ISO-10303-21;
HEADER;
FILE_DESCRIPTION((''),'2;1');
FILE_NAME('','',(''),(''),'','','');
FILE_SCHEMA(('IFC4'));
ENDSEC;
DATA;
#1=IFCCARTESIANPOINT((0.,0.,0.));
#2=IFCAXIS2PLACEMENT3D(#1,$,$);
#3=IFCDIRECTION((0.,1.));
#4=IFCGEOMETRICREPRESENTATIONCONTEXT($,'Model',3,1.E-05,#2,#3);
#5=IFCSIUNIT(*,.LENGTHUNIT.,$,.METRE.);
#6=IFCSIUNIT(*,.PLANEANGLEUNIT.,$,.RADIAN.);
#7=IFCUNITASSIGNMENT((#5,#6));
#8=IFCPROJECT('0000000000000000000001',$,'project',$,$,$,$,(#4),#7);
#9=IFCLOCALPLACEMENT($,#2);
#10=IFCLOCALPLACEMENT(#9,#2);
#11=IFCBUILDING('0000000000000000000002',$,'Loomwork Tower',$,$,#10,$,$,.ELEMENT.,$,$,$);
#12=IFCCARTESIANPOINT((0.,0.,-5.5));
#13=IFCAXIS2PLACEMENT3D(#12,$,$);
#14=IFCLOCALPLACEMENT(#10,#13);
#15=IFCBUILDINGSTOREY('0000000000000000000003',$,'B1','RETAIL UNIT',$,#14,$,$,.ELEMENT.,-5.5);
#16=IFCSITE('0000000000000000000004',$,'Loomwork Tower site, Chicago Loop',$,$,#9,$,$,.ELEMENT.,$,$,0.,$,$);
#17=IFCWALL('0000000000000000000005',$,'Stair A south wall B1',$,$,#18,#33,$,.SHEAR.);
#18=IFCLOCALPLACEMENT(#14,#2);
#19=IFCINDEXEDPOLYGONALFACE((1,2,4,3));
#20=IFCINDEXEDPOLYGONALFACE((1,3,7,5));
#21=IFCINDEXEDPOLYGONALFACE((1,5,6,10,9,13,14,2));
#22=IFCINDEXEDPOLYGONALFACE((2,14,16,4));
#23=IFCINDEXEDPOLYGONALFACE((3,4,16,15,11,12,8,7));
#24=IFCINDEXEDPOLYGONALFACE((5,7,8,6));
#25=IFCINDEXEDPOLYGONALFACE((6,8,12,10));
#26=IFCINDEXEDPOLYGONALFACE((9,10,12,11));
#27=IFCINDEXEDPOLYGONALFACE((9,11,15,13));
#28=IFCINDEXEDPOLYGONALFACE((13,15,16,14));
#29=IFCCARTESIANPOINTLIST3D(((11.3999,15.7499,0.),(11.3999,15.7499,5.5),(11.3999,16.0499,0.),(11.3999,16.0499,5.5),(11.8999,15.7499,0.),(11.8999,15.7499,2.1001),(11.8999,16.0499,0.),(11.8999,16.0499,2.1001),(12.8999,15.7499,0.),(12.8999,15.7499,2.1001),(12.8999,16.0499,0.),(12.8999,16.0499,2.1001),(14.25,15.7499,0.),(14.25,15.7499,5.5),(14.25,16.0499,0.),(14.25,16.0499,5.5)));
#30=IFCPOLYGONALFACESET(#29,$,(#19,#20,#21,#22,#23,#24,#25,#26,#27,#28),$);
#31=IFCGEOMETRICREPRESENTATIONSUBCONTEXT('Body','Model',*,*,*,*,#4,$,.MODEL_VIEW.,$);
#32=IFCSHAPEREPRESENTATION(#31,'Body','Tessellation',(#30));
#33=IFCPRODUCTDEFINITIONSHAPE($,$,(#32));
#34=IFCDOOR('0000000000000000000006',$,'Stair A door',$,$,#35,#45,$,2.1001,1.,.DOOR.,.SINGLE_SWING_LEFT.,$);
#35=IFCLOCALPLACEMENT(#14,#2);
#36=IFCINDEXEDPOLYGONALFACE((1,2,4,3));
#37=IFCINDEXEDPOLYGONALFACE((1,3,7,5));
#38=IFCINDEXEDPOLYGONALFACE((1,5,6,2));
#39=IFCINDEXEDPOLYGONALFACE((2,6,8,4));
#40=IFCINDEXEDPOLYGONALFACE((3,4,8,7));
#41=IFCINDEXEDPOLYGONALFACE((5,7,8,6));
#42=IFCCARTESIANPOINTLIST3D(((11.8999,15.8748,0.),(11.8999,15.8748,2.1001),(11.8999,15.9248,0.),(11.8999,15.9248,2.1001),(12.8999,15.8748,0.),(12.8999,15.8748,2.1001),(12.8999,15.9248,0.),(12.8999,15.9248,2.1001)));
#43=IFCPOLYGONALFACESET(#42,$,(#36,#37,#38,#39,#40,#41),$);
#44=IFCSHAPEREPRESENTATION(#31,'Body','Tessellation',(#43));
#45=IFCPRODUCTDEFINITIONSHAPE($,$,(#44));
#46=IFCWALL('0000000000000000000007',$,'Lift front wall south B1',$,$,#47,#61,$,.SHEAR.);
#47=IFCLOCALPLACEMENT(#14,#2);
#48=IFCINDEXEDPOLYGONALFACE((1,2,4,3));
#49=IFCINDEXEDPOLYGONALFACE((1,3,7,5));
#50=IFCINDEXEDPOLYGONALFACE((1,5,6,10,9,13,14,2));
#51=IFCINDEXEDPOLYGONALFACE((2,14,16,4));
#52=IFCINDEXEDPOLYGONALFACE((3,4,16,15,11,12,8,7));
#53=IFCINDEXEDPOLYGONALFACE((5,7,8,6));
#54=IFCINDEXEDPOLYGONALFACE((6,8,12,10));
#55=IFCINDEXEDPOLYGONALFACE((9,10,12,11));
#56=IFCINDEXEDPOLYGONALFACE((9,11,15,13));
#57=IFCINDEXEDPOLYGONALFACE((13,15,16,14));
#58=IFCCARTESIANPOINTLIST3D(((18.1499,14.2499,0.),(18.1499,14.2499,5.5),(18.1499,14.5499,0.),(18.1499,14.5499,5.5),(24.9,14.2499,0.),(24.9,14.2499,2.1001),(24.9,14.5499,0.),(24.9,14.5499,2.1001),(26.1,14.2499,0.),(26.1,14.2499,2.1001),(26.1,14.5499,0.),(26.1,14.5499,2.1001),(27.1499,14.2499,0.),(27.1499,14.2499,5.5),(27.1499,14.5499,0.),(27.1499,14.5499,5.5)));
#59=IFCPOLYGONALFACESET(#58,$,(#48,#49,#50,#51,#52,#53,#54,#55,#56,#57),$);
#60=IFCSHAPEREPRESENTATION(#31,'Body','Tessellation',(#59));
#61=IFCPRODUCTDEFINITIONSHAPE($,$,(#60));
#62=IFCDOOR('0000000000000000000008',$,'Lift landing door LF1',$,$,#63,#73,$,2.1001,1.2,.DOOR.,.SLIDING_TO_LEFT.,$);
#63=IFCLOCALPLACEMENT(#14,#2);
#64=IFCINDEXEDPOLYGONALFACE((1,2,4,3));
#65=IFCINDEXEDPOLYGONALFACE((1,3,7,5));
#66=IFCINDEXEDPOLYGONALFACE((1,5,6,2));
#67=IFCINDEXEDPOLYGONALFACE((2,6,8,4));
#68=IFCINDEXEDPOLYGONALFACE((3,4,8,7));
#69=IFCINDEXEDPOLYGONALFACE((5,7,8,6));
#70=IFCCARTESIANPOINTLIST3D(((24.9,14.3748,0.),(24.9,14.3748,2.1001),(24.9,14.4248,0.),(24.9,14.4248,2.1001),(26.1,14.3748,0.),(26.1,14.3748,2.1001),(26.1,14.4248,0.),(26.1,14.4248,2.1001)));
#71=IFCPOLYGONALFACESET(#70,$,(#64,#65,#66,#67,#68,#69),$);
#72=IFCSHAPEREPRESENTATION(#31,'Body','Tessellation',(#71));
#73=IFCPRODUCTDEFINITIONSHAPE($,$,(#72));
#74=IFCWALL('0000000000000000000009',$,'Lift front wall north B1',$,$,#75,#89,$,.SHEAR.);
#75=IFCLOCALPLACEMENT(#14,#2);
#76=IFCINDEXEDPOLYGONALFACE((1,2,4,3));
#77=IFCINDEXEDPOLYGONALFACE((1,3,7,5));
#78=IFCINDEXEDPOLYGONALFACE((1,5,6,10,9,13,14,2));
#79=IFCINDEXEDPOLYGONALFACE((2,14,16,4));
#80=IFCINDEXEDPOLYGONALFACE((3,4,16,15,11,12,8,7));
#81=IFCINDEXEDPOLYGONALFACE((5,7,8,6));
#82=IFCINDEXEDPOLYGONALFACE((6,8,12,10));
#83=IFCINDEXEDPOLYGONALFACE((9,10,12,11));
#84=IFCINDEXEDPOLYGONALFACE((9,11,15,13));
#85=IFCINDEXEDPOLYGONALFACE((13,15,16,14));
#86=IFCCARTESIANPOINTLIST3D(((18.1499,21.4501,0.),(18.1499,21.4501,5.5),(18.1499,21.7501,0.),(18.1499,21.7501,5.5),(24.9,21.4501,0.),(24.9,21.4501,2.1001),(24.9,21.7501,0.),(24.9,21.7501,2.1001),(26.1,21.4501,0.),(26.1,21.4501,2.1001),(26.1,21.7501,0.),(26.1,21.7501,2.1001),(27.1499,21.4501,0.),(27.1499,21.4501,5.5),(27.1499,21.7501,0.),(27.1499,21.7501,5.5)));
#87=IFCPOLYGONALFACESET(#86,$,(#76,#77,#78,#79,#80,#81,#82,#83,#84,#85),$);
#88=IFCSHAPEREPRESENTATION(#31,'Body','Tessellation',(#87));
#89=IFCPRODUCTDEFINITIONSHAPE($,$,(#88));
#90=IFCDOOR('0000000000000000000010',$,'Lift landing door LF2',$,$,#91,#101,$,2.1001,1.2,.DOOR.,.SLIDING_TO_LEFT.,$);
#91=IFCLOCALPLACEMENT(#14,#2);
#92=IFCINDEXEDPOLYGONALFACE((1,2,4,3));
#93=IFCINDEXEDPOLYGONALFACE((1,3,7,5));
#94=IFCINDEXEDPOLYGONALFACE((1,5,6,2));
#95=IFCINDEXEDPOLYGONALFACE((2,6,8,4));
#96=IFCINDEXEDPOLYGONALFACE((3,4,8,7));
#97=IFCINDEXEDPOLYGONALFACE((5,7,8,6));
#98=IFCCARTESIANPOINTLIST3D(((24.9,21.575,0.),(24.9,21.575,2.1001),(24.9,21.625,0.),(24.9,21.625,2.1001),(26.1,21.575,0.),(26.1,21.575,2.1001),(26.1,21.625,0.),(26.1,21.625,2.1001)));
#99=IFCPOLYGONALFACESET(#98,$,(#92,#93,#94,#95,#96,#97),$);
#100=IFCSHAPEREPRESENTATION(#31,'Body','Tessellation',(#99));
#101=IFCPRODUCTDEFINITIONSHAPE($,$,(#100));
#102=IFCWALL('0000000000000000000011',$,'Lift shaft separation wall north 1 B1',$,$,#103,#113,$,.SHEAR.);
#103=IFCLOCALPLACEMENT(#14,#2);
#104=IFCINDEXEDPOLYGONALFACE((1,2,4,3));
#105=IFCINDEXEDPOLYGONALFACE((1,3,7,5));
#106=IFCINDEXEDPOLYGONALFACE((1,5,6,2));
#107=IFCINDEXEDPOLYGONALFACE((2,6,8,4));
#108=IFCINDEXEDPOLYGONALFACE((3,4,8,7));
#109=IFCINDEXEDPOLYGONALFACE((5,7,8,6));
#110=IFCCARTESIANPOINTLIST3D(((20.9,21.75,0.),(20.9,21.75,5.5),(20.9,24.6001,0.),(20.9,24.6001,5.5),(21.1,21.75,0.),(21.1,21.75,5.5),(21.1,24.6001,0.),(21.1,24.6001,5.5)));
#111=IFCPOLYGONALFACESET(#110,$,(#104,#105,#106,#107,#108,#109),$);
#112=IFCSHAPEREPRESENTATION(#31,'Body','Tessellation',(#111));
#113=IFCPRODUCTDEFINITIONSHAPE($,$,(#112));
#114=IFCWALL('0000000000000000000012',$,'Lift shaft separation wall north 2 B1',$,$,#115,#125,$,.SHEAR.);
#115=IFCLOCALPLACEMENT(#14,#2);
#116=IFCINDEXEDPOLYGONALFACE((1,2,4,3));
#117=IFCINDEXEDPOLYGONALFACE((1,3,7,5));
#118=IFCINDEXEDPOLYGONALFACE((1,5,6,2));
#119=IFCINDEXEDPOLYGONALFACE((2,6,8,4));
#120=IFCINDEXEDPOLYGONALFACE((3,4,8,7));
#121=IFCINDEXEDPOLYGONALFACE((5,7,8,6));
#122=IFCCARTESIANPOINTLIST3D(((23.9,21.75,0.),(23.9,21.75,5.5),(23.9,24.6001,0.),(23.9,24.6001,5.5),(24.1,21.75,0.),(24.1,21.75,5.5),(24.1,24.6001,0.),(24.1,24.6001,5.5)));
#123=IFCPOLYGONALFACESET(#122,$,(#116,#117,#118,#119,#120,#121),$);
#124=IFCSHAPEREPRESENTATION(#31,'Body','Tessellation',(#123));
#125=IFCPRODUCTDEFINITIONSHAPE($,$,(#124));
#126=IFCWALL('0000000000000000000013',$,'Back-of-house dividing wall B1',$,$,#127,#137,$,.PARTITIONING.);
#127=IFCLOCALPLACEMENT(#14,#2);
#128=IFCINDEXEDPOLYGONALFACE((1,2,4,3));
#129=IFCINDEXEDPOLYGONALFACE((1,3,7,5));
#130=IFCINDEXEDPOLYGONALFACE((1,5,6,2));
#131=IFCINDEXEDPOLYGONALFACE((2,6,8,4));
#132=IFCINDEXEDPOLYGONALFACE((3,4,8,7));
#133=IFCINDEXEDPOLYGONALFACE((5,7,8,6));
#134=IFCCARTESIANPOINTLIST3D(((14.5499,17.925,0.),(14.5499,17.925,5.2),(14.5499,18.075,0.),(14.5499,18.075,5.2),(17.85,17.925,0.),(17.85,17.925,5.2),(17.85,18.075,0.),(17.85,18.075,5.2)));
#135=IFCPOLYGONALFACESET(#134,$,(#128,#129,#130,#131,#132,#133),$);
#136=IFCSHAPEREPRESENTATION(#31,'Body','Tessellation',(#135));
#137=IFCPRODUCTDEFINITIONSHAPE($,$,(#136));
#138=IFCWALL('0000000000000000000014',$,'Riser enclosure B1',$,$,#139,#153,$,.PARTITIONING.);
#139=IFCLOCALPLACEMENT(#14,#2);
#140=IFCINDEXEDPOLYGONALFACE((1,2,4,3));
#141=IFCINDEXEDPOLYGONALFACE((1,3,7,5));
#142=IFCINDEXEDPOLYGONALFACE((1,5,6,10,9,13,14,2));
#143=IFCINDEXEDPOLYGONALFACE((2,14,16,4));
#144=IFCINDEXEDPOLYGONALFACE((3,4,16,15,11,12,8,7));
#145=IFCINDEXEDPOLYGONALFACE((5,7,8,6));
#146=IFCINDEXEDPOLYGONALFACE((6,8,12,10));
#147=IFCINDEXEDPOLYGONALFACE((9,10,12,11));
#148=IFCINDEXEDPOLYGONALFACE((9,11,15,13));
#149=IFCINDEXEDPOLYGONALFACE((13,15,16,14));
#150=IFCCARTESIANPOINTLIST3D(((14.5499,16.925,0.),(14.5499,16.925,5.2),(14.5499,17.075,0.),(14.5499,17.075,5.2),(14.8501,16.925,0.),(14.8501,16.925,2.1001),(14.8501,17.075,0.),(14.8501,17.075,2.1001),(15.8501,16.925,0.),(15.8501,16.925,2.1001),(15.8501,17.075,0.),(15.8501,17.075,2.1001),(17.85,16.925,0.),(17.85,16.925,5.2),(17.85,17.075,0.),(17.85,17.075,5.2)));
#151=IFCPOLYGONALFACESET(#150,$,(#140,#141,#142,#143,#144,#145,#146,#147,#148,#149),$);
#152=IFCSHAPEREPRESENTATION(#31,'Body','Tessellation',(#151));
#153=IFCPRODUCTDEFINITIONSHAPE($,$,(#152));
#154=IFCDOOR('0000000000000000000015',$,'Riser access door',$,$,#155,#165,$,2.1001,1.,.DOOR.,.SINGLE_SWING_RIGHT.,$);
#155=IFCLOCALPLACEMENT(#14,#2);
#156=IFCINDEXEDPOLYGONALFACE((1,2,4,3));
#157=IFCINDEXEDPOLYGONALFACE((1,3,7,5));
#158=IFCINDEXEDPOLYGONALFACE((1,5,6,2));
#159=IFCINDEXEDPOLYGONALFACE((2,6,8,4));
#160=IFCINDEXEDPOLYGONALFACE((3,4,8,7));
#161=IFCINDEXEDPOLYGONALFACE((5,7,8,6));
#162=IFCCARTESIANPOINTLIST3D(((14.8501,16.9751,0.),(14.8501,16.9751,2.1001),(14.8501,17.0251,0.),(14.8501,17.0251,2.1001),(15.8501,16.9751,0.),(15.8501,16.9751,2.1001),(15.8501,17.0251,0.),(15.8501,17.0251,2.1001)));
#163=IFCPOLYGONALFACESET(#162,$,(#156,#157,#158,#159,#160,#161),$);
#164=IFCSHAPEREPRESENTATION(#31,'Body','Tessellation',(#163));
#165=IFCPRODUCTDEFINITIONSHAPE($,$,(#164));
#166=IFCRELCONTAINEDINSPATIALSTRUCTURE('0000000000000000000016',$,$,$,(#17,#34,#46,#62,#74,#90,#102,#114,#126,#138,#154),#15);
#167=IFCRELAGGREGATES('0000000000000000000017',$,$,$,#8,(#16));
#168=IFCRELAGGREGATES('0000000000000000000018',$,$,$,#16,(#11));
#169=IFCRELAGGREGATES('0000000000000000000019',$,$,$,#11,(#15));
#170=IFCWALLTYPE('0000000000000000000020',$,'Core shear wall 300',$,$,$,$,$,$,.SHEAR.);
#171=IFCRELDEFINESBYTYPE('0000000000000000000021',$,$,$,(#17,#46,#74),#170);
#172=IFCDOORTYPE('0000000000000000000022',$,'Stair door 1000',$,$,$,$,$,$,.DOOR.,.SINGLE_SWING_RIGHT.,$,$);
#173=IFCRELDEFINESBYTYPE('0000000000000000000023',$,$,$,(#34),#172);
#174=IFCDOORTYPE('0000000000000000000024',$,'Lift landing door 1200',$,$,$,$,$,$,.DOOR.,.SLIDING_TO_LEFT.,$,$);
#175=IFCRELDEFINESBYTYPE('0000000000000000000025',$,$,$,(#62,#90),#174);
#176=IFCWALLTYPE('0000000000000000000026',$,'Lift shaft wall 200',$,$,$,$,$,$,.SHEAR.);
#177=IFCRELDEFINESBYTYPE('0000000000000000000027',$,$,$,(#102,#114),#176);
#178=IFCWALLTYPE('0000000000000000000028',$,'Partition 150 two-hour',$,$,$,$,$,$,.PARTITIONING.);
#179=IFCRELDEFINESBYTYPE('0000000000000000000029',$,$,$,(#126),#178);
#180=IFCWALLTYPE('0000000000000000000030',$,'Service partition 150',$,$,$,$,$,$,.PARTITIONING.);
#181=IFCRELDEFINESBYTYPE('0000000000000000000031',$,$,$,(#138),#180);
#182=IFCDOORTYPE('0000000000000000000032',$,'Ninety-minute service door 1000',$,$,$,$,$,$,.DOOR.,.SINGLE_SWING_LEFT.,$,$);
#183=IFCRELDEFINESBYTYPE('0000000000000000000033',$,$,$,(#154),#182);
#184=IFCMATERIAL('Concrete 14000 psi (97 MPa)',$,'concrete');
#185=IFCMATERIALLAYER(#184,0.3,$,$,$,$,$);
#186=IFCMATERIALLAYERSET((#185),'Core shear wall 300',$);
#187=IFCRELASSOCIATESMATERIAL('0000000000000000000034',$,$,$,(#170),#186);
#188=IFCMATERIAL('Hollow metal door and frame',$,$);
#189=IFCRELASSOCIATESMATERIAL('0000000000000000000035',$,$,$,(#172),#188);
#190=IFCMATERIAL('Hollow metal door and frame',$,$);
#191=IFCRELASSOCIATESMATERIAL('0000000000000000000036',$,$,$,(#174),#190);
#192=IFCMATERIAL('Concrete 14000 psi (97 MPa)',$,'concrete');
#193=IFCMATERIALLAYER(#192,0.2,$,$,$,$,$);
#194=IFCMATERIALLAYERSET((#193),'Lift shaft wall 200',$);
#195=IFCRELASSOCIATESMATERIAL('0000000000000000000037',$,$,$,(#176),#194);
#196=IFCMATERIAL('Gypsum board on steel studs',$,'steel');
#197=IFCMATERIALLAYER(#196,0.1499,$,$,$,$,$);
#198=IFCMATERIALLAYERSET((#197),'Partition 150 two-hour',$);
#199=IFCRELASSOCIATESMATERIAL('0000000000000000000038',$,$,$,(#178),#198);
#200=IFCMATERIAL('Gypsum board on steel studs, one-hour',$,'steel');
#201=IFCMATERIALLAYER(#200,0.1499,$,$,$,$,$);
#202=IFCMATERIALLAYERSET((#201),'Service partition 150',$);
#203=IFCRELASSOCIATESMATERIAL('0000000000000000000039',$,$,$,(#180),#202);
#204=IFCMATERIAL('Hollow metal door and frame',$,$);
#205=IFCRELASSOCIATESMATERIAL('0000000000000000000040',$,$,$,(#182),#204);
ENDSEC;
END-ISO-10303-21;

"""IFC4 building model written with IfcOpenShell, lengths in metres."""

from ifc_helpers import new_model, si_unit, direction, frame, frame_2d, origin, place, context, subcontext, project, spatial, rectangle, extrude, material, layer, layer_set, type_object, element, fill, save


model = new_model("IFC4")

# Units and contexts
model_context = context("Model", 3, precision=1e-05, world=origin(), true_north=direction((0.0, 1.0)))
body_context = subcontext(model_context, "Body", "Model", "MODEL_VIEW")
ifc_project = project(units=[si_unit("LENGTHUNIT", "METRE"), si_unit("PLANEANGLEUNIT", "RADIAN")], contexts=[model_context])

# Site, building, storey
site_placement = place(None, origin())
site = spatial("IfcSite", under=ifc_project, at=site_placement, Name="Loomwork Tower site, Chicago Loop", CompositionType="ELEMENT", RefElevation=0.0)
building_placement = place(site_placement, origin())
building = spatial("IfcBuilding", under=site, at=building_placement, Name="Loomwork Tower", CompositionType="ELEMENT")
storey_placement = place(building_placement, frame((0.0, 0.0, -5.5)))
storey = spatial("IfcBuildingStorey", under=building, at=storey_placement, Name="B1", Description="RETAIL UNIT", CompositionType="ELEMENT", Elevation=-5.5)

# Walls, openings, doors
ifc_material_1 = material(Name="Concrete 14000 psi (97 MPa)", Category="concrete")
ifc_layer_1 = layer(ifc_material_1, 0.3)
ifc_layer_set_1 = layer_set([ifc_layer_1], Name="Core shear wall 300")
wall_type_1 = type_object("IfcWallType", Name="Core shear wall 300", PredefinedType="SHEAR", material=ifc_layer_set_1)
wall_1_placement = place(storey_placement, frame((11.3999, 15.8999, 0.0), z_axis=(0.0, 0.0, 1.0), x_axis=(1.0, 0.0, 0.0)))
wall_1 = element("IfcWall", 1, at=wall_1_placement, inside=storey, type_object=wall_type_1, Name="Stair A south wall B1", PredefinedType="SHEAR", context=body_context, shape_type="SweptSolid", body=[
    extrude(rectangle(XDim=2.8501, YDim=0.3, at=frame_2d((1.425, 0.0))), origin(), (0.0, 0.0, 1.0), 5.5),
])
opening_1_placement = place(wall_1_placement, frame((0.5, 0.0, 0.0)))
opening_1 = element("IfcOpeningElement", 2, at=opening_1_placement, cuts=wall_1, PredefinedType="OPENING", context=body_context, shape_type="SweptSolid", body=[
    extrude(rectangle(XDim=1.0, YDim=2.1001, at=frame_2d((0.5, 1.05))), frame((0.0, 0.1599, 0.0), z_axis=(0.0, -1.0, 0.0), x_axis=(1.0, 0.0, 0.0)), (0.0, 0.0, 1.0), 0.3201),
])
ifc_material_2 = material(Name="Hollow metal door and frame")
door_type_1 = type_object("IfcDoorType", Name="Stair door 1000", OperationType="SINGLE_SWING_RIGHT", PredefinedType="DOOR", material=ifc_material_2)
door_1_placement = place(opening_1_placement, origin())
door_1 = element("IfcDoor", 3, at=door_1_placement, inside=storey, type_object=door_type_1, Name="Stair A door", OperationType="SINGLE_SWING_LEFT", OverallHeight=2.1001, OverallWidth=1.0, PredefinedType="DOOR", context=body_context, shape_type="SweptSolid", body=[
    extrude(rectangle(XDim=1.0, YDim=2.1001, at=frame_2d((0.5, 1.05))), frame((0.0, 0.0249, 0.0), z_axis=(0.0, -1.0, 0.0), x_axis=(1.0, 0.0, 0.0)), (0.0, 0.0, 1.0), 0.05),
])
fill(opening_1, door_1)
wall_2_placement = place(storey_placement, frame((18.1499, 14.3999, 0.0), z_axis=(0.0, 0.0, 1.0), x_axis=(1.0, 0.0, 0.0)))
wall_2 = element("IfcWall", 4, at=wall_2_placement, inside=storey, type_object=wall_type_1, Name="Lift front wall south B1", PredefinedType="SHEAR", context=body_context, shape_type="SweptSolid", body=[
    extrude(rectangle(XDim=9.0, YDim=0.3, at=frame_2d((4.5, 0.0))), origin(), (0.0, 0.0, 1.0), 5.5),
])
opening_2_placement = place(wall_2_placement, frame((6.75, 0.0, 0.0)))
opening_2 = element("IfcOpeningElement", 5, at=opening_2_placement, cuts=wall_2, PredefinedType="OPENING", context=body_context, shape_type="SweptSolid", body=[
    extrude(rectangle(XDim=1.2, YDim=2.1001, at=frame_2d((0.6001, 1.05))), frame((0.0, 0.1599, 0.0), z_axis=(0.0, -1.0, 0.0), x_axis=(1.0, 0.0, 0.0)), (0.0, 0.0, 1.0), 0.3201),
])
ifc_material_3 = material(Name="Hollow metal door and frame")
door_type_2 = type_object("IfcDoorType", Name="Lift landing door 1200", OperationType="SLIDING_TO_LEFT", PredefinedType="DOOR", material=ifc_material_3)
door_2_placement = place(opening_2_placement, origin())
door_2 = element("IfcDoor", 6, at=door_2_placement, inside=storey, type_object=door_type_2, Name="Lift landing door LF1", OperationType="SLIDING_TO_LEFT", OverallHeight=2.1001, OverallWidth=1.2, PredefinedType="DOOR", context=body_context, shape_type="SweptSolid", body=[
    extrude(rectangle(XDim=1.2, YDim=2.1001, at=frame_2d((0.6001, 1.05))), frame((0.0, 0.0249, 0.0), z_axis=(0.0, -1.0, 0.0), x_axis=(1.0, 0.0, 0.0)), (0.0, 0.0, 1.0), 0.05),
])
fill(opening_2, door_2)
wall_3_placement = place(storey_placement, frame((18.1499, 21.6001, 0.0), z_axis=(0.0, 0.0, 1.0), x_axis=(1.0, 0.0, 0.0)))
wall_3 = element("IfcWall", 7, at=wall_3_placement, inside=storey, type_object=wall_type_1, Name="Lift front wall north B1", PredefinedType="SHEAR", context=body_context, shape_type="SweptSolid", body=[
    extrude(rectangle(XDim=9.0, YDim=0.3, at=frame_2d((4.5, 0.0))), origin(), (0.0, 0.0, 1.0), 5.5),
])
opening_3_placement = place(wall_3_placement, frame((6.75, 0.0, 0.0)))
opening_3 = element("IfcOpeningElement", 8, at=opening_3_placement, cuts=wall_3, PredefinedType="OPENING", context=body_context, shape_type="SweptSolid", body=[
    extrude(rectangle(XDim=1.2, YDim=2.1001, at=frame_2d((0.6001, 1.05))), frame((0.0, 0.1599, 0.0), z_axis=(0.0, -1.0, 0.0), x_axis=(1.0, 0.0, 0.0)), (0.0, 0.0, 1.0), 0.3201),
])
door_3_placement = place(opening_3_placement, origin())
door_3 = element("IfcDoor", 9, at=door_3_placement, inside=storey, type_object=door_type_2, Name="Lift landing door LF2", OperationType="SLIDING_TO_LEFT", OverallHeight=2.1001, OverallWidth=1.2, PredefinedType="DOOR", context=body_context, shape_type="SweptSolid", body=[
    extrude(rectangle(XDim=1.2, YDim=2.1001, at=frame_2d((0.6001, 1.05))), frame((0.0, 0.0249, 0.0), z_axis=(0.0, -1.0, 0.0), x_axis=(1.0, 0.0, 0.0)), (0.0, 0.0, 1.0), 0.05),
])
fill(opening_3, door_3)

# Walls
ifc_material_4 = material(Name="Concrete 14000 psi (97 MPa)", Category="concrete")
ifc_layer_2 = layer(ifc_material_4, 0.2)
ifc_layer_set_2 = layer_set([ifc_layer_2], Name="Lift shaft wall 200")
wall_type_2 = type_object("IfcWallType", Name="Lift shaft wall 200", PredefinedType="SHEAR", material=ifc_layer_set_2)
for number, where, z_axis, x_axis, name in (
    (10, (21.0, 21.75, 0.0), (0.0, 0.0, 1.0), (0.0, 1.0, 0.0), "Lift shaft separation wall north 1 B1"),
    (11, (24.0, 21.75, 0.0), (0.0, 0.0, 1.0), (0.0, 1.0, 0.0), "Lift shaft separation wall north 2 B1"),
):
    element("IfcWall", number, at=place(storey_placement, frame(where, z_axis=z_axis, x_axis=x_axis)), inside=storey, type_object=wall_type_2, Name=name, PredefinedType="SHEAR", context=body_context, shape_type="SweptSolid", body=[
        extrude(rectangle(XDim=2.8501, YDim=0.2, at=frame_2d((1.425, 0.0))), origin(), (0.0, 0.0, 1.0), 5.5),
    ])
ifc_material_5 = material(Name="Gypsum board on steel studs", Category="steel")
ifc_layer_3 = layer(ifc_material_5, 0.1499)
ifc_layer_set_3 = layer_set([ifc_layer_3], Name="Partition 150 two-hour")
wall_type_3 = type_object("IfcWallType", Name="Partition 150 two-hour", PredefinedType="PARTITIONING", material=ifc_layer_set_3)
wall_4_placement = place(storey_placement, frame((14.55, 18.0, 0.0), z_axis=(0.0, 0.0, 1.0), x_axis=(1.0, 0.0, 0.0)))
element("IfcWall", 12, at=wall_4_placement, inside=storey, type_object=wall_type_3, Name="Back-of-house dividing wall B1", PredefinedType="PARTITIONING", context=body_context, shape_type="SweptSolid", body=[
    extrude(rectangle(XDim=3.3, YDim=0.1499, at=frame_2d((1.6499, 0.0))), origin(), (0.0, 0.0, 1.0), 5.2),
])

# Wall, opening, door
ifc_material_6 = material(Name="Gypsum board on steel studs, one-hour", Category="steel")
ifc_layer_4 = layer(ifc_material_6, 0.1499)
ifc_layer_set_4 = layer_set([ifc_layer_4], Name="Service partition 150")
wall_type_4 = type_object("IfcWallType", Name="Service partition 150", PredefinedType="PARTITIONING", material=ifc_layer_set_4)
wall_5_placement = place(storey_placement, frame((14.55, 17.0, 0.0), z_axis=(0.0, 0.0, 1.0), x_axis=(1.0, 0.0, 0.0)))
wall_5 = element("IfcWall", 13, at=wall_5_placement, inside=storey, type_object=wall_type_4, Name="Riser enclosure B1", PredefinedType="PARTITIONING", context=body_context, shape_type="SweptSolid", body=[
    extrude(rectangle(XDim=3.3, YDim=0.1499, at=frame_2d((1.6499, 0.0))), origin(), (0.0, 0.0, 1.0), 5.2),
])
opening_4_placement = place(wall_5_placement, frame((0.3, 0.0, 0.0)))
opening_4 = element("IfcOpeningElement", 14, at=opening_4_placement, cuts=wall_5, PredefinedType="OPENING", context=body_context, shape_type="SweptSolid", body=[
    extrude(rectangle(XDim=1.0, YDim=2.1001, at=frame_2d((0.5, 1.05))), frame((0.0, 0.085, 0.0), z_axis=(0.0, -1.0, 0.0), x_axis=(1.0, 0.0, 0.0)), (0.0, 0.0, 1.0), 0.1699),
])
ifc_material_7 = material(Name="Hollow metal door and frame")
door_type_3 = type_object("IfcDoorType", Name="Ninety-minute service door 1000", OperationType="SINGLE_SWING_LEFT", PredefinedType="DOOR", material=ifc_material_7)
door_4_placement = place(opening_4_placement, frame((1.0, 0.0, 0.0), z_axis=(0.0, 0.0, 1.0), x_axis=(-1.0, 0.0, 0.0)))
door_4 = element("IfcDoor", 15, at=door_4_placement, inside=storey, type_object=door_type_3, Name="Riser access door", OperationType="SINGLE_SWING_RIGHT", OverallHeight=2.1001, OverallWidth=1.0, PredefinedType="DOOR", context=body_context, shape_type="SweptSolid", body=[
    extrude(rectangle(XDim=1.0, YDim=2.1001, at=frame_2d((0.5, 1.05))), frame((0.0, 0.0249, 0.0), z_axis=(0.0, -1.0, 0.0), x_axis=(1.0, 0.0, 0.0)), (0.0, 0.0, 1.0), 0.05),
])
fill(opening_4, door_4)

save(model, "model.ifc")
